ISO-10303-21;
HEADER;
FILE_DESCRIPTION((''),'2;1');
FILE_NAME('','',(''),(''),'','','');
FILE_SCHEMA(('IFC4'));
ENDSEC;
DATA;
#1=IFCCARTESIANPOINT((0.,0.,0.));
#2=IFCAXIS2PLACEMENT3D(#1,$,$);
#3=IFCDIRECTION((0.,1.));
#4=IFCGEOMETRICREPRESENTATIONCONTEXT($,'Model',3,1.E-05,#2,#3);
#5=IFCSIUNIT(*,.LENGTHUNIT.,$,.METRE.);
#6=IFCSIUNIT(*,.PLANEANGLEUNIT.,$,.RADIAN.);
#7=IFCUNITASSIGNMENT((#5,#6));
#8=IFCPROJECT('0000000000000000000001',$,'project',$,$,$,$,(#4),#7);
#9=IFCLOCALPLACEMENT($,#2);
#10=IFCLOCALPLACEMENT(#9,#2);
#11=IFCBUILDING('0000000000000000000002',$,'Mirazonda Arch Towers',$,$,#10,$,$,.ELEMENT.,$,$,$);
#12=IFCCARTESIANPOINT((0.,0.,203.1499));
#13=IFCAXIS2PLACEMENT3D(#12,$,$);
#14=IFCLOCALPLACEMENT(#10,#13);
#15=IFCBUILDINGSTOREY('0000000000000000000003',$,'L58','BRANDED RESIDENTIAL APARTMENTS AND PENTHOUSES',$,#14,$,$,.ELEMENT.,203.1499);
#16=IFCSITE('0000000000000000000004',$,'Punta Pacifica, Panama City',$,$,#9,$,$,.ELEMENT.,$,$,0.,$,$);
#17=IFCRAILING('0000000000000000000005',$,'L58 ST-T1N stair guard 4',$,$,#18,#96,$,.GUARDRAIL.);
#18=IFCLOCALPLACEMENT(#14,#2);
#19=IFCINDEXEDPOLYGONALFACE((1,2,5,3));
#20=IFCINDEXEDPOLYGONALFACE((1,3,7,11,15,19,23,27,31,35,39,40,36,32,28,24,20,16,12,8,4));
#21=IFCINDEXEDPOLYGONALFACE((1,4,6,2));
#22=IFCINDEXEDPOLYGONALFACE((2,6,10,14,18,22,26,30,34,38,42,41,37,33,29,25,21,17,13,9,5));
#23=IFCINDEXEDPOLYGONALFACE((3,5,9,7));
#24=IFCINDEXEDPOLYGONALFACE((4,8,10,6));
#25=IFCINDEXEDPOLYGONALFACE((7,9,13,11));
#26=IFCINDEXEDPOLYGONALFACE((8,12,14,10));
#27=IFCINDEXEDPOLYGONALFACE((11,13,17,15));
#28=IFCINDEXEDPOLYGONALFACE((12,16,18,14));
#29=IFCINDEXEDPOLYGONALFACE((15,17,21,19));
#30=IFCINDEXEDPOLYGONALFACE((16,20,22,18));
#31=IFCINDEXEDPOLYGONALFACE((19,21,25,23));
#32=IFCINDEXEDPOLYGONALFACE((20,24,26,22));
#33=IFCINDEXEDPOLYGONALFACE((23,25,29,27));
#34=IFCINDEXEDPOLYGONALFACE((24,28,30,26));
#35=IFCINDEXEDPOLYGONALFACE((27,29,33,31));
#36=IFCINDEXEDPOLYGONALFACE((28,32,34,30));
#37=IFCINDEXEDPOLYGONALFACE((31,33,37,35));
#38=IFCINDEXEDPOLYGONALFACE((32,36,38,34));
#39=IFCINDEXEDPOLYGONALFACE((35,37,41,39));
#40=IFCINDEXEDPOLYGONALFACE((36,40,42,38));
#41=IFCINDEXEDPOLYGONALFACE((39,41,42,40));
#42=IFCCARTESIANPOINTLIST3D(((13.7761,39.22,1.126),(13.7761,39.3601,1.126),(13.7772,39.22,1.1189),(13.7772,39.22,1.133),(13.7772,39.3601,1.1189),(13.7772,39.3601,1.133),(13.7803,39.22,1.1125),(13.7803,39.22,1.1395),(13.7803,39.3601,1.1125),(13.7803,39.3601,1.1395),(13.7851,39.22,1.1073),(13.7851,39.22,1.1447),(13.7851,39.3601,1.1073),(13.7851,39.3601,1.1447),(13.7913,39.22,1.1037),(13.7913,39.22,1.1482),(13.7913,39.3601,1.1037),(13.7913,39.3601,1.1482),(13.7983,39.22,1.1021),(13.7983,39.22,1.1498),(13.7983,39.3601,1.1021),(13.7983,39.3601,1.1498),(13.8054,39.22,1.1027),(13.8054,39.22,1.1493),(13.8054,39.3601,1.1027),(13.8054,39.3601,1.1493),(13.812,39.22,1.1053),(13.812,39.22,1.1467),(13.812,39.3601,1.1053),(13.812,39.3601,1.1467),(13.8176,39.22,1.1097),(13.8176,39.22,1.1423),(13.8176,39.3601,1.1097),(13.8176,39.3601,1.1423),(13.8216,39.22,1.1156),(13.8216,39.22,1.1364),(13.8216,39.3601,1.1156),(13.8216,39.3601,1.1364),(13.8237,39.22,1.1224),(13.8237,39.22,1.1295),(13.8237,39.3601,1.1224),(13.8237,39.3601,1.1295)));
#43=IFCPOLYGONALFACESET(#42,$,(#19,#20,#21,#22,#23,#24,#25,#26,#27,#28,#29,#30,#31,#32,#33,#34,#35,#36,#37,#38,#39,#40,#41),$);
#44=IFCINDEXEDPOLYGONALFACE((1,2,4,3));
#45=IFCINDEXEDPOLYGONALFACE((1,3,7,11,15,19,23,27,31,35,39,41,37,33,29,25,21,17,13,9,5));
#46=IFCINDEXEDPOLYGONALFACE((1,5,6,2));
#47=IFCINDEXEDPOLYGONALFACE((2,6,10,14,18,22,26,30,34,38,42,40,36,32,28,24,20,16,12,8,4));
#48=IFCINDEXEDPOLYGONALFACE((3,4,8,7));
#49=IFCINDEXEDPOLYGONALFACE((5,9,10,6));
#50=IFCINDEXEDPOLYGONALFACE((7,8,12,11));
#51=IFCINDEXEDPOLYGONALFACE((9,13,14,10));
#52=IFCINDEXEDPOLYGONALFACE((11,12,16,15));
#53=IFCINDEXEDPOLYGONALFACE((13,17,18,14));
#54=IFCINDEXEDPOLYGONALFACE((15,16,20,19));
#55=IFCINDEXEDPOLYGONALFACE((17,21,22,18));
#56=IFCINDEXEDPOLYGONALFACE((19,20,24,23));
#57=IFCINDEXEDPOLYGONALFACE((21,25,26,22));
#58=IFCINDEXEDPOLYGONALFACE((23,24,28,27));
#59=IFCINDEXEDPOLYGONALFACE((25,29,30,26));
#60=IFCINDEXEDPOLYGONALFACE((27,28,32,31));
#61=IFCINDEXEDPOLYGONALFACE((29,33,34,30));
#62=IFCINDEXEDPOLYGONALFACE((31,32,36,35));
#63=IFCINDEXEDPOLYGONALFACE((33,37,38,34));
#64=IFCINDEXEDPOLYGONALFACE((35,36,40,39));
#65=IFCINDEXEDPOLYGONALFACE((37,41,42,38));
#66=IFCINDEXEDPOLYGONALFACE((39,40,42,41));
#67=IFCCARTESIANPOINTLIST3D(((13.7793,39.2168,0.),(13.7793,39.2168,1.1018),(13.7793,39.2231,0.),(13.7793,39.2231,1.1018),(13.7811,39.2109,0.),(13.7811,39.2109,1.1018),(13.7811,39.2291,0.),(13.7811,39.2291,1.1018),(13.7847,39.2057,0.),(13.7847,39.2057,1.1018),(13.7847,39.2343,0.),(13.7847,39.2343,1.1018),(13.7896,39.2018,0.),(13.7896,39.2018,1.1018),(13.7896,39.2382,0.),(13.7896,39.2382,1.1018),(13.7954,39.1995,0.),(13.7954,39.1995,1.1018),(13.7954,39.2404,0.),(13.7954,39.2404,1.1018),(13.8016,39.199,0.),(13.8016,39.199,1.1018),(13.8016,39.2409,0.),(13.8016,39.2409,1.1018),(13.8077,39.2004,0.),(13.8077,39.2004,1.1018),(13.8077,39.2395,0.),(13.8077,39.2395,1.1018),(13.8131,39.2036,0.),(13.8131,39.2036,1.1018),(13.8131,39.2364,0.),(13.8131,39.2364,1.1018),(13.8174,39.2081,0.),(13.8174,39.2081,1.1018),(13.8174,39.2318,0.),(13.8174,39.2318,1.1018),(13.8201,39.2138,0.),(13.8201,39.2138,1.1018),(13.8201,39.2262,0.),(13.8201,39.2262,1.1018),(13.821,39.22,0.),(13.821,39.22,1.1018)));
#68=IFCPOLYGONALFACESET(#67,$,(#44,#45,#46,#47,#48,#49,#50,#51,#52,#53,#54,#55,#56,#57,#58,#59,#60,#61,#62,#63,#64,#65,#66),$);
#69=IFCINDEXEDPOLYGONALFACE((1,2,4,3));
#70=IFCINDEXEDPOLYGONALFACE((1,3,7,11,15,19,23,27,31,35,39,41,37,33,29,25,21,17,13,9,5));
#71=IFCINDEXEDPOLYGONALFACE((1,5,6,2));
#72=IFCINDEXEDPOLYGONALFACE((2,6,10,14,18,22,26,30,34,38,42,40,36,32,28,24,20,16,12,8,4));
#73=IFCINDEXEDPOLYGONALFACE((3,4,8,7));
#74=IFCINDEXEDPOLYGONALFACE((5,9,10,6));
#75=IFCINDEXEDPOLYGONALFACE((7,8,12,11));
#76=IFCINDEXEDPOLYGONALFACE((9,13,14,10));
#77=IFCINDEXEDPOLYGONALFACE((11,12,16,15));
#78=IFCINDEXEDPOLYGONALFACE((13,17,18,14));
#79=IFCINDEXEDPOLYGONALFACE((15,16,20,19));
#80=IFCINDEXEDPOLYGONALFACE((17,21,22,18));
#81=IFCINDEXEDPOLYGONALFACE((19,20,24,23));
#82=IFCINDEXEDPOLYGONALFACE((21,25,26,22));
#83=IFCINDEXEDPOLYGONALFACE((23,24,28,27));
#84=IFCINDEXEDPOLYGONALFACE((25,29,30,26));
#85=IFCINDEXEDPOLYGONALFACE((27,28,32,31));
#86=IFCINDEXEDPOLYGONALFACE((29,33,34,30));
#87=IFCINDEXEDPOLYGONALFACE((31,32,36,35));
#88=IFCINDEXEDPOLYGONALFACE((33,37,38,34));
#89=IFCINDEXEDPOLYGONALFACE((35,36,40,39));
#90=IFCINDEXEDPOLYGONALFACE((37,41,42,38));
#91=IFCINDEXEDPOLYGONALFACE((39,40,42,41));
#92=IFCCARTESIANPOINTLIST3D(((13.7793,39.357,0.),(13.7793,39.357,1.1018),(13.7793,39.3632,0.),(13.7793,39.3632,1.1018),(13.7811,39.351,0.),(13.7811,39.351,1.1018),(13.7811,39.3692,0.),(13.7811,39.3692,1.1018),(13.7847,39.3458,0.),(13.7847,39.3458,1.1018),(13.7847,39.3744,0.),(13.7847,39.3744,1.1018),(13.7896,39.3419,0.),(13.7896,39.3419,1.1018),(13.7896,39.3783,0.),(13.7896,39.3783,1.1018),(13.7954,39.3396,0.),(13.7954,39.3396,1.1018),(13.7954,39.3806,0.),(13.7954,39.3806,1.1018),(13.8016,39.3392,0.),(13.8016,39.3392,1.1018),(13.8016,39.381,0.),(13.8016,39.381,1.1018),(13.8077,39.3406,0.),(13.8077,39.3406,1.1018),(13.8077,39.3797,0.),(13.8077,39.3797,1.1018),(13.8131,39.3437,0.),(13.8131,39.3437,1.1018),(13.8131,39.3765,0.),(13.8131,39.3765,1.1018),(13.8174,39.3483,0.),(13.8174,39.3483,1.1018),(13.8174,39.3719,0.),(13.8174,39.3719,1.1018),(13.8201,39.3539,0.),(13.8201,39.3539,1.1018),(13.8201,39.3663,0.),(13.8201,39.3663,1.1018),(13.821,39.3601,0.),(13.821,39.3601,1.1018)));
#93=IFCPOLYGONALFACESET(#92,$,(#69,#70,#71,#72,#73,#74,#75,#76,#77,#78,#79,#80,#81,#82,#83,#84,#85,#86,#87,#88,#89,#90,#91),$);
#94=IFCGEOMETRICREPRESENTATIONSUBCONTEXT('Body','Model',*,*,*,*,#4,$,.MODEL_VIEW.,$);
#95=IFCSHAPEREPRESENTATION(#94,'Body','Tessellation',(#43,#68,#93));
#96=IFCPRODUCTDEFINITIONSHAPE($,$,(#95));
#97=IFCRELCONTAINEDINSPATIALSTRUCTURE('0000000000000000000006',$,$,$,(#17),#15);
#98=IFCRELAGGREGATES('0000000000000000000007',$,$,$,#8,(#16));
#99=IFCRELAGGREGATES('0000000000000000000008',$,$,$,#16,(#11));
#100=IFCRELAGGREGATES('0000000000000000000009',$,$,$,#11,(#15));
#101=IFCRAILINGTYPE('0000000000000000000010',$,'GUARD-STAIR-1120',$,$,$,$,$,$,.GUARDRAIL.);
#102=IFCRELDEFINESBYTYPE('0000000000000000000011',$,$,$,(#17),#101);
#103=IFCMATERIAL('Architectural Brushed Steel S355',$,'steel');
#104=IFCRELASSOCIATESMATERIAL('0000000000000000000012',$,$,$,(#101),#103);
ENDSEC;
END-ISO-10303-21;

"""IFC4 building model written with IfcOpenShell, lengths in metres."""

from ifc_helpers import new_model, si_unit, direction, frame, origin, origin_2d, place, context, subcontext, project, spatial, circle, extrude, material, type_object, element, save


model = new_model("IFC4")

# Units and contexts
model_context = context("Model", 3, precision=1e-05, world=origin(), true_north=direction((0.0, 1.0)))
body_context = subcontext(model_context, "Body", "Model", "MODEL_VIEW")
ifc_project = project(units=[si_unit("LENGTHUNIT", "METRE"), si_unit("PLANEANGLEUNIT", "RADIAN")], contexts=[model_context])

# Site, building, storey
site_placement = place(None, origin())
site = spatial("IfcSite", under=ifc_project, at=site_placement, Name="Punta Pacifica, Panama City", CompositionType="ELEMENT", RefElevation=0.0)
building_placement = place(site_placement, origin())
building = spatial("IfcBuilding", under=site, at=building_placement, Name="Mirazonda Arch Towers", CompositionType="ELEMENT")
storey_placement = place(building_placement, frame((0.0, 0.0, 203.1499)))
storey = spatial("IfcBuildingStorey", under=building, at=storey_placement, Name="L58", Description="BRANDED RESIDENTIAL APARTMENTS AND PENTHOUSES", CompositionType="ELEMENT", Elevation=203.1499)

# Shared definitions
ifc_material_1 = material(Name="Architectural Brushed Steel S355", Category="steel")

# Railing
railing_type_1 = type_object("IfcRailingType", Name="GUARD-STAIR-1120", PredefinedType="GUARDRAIL", material=ifc_material_1)
railing_1_placement = place(storey_placement, frame((13.8, 39.22, 0.0)))
element("IfcRailing", 1, at=railing_1_placement, inside=storey, type_object=railing_type_1, Name="L58 ST-T1N stair guard 4", PredefinedType="GUARDRAIL", context=body_context, shape_type="SweptSolid", body=[
    extrude(circle(Radius=0.0239, at=origin_2d()), frame((0.0, 0.0, 1.126), z_axis=(0.0, 1.0, 0.0), x_axis=(-1.0, 0.0, 0.0)), (0.0, 0.0, 1.0), 0.1401),
    extrude(circle(Radius=0.021, at=origin_2d()), origin(), (0.0, 0.0, 1.0), 1.1018),
    extrude(circle(Radius=0.021, at=origin_2d()), frame((0.0, 0.1401, 0.0)), (0.0, 0.0, 1.0), 1.1018),
])

save(model, "model.ifc")
